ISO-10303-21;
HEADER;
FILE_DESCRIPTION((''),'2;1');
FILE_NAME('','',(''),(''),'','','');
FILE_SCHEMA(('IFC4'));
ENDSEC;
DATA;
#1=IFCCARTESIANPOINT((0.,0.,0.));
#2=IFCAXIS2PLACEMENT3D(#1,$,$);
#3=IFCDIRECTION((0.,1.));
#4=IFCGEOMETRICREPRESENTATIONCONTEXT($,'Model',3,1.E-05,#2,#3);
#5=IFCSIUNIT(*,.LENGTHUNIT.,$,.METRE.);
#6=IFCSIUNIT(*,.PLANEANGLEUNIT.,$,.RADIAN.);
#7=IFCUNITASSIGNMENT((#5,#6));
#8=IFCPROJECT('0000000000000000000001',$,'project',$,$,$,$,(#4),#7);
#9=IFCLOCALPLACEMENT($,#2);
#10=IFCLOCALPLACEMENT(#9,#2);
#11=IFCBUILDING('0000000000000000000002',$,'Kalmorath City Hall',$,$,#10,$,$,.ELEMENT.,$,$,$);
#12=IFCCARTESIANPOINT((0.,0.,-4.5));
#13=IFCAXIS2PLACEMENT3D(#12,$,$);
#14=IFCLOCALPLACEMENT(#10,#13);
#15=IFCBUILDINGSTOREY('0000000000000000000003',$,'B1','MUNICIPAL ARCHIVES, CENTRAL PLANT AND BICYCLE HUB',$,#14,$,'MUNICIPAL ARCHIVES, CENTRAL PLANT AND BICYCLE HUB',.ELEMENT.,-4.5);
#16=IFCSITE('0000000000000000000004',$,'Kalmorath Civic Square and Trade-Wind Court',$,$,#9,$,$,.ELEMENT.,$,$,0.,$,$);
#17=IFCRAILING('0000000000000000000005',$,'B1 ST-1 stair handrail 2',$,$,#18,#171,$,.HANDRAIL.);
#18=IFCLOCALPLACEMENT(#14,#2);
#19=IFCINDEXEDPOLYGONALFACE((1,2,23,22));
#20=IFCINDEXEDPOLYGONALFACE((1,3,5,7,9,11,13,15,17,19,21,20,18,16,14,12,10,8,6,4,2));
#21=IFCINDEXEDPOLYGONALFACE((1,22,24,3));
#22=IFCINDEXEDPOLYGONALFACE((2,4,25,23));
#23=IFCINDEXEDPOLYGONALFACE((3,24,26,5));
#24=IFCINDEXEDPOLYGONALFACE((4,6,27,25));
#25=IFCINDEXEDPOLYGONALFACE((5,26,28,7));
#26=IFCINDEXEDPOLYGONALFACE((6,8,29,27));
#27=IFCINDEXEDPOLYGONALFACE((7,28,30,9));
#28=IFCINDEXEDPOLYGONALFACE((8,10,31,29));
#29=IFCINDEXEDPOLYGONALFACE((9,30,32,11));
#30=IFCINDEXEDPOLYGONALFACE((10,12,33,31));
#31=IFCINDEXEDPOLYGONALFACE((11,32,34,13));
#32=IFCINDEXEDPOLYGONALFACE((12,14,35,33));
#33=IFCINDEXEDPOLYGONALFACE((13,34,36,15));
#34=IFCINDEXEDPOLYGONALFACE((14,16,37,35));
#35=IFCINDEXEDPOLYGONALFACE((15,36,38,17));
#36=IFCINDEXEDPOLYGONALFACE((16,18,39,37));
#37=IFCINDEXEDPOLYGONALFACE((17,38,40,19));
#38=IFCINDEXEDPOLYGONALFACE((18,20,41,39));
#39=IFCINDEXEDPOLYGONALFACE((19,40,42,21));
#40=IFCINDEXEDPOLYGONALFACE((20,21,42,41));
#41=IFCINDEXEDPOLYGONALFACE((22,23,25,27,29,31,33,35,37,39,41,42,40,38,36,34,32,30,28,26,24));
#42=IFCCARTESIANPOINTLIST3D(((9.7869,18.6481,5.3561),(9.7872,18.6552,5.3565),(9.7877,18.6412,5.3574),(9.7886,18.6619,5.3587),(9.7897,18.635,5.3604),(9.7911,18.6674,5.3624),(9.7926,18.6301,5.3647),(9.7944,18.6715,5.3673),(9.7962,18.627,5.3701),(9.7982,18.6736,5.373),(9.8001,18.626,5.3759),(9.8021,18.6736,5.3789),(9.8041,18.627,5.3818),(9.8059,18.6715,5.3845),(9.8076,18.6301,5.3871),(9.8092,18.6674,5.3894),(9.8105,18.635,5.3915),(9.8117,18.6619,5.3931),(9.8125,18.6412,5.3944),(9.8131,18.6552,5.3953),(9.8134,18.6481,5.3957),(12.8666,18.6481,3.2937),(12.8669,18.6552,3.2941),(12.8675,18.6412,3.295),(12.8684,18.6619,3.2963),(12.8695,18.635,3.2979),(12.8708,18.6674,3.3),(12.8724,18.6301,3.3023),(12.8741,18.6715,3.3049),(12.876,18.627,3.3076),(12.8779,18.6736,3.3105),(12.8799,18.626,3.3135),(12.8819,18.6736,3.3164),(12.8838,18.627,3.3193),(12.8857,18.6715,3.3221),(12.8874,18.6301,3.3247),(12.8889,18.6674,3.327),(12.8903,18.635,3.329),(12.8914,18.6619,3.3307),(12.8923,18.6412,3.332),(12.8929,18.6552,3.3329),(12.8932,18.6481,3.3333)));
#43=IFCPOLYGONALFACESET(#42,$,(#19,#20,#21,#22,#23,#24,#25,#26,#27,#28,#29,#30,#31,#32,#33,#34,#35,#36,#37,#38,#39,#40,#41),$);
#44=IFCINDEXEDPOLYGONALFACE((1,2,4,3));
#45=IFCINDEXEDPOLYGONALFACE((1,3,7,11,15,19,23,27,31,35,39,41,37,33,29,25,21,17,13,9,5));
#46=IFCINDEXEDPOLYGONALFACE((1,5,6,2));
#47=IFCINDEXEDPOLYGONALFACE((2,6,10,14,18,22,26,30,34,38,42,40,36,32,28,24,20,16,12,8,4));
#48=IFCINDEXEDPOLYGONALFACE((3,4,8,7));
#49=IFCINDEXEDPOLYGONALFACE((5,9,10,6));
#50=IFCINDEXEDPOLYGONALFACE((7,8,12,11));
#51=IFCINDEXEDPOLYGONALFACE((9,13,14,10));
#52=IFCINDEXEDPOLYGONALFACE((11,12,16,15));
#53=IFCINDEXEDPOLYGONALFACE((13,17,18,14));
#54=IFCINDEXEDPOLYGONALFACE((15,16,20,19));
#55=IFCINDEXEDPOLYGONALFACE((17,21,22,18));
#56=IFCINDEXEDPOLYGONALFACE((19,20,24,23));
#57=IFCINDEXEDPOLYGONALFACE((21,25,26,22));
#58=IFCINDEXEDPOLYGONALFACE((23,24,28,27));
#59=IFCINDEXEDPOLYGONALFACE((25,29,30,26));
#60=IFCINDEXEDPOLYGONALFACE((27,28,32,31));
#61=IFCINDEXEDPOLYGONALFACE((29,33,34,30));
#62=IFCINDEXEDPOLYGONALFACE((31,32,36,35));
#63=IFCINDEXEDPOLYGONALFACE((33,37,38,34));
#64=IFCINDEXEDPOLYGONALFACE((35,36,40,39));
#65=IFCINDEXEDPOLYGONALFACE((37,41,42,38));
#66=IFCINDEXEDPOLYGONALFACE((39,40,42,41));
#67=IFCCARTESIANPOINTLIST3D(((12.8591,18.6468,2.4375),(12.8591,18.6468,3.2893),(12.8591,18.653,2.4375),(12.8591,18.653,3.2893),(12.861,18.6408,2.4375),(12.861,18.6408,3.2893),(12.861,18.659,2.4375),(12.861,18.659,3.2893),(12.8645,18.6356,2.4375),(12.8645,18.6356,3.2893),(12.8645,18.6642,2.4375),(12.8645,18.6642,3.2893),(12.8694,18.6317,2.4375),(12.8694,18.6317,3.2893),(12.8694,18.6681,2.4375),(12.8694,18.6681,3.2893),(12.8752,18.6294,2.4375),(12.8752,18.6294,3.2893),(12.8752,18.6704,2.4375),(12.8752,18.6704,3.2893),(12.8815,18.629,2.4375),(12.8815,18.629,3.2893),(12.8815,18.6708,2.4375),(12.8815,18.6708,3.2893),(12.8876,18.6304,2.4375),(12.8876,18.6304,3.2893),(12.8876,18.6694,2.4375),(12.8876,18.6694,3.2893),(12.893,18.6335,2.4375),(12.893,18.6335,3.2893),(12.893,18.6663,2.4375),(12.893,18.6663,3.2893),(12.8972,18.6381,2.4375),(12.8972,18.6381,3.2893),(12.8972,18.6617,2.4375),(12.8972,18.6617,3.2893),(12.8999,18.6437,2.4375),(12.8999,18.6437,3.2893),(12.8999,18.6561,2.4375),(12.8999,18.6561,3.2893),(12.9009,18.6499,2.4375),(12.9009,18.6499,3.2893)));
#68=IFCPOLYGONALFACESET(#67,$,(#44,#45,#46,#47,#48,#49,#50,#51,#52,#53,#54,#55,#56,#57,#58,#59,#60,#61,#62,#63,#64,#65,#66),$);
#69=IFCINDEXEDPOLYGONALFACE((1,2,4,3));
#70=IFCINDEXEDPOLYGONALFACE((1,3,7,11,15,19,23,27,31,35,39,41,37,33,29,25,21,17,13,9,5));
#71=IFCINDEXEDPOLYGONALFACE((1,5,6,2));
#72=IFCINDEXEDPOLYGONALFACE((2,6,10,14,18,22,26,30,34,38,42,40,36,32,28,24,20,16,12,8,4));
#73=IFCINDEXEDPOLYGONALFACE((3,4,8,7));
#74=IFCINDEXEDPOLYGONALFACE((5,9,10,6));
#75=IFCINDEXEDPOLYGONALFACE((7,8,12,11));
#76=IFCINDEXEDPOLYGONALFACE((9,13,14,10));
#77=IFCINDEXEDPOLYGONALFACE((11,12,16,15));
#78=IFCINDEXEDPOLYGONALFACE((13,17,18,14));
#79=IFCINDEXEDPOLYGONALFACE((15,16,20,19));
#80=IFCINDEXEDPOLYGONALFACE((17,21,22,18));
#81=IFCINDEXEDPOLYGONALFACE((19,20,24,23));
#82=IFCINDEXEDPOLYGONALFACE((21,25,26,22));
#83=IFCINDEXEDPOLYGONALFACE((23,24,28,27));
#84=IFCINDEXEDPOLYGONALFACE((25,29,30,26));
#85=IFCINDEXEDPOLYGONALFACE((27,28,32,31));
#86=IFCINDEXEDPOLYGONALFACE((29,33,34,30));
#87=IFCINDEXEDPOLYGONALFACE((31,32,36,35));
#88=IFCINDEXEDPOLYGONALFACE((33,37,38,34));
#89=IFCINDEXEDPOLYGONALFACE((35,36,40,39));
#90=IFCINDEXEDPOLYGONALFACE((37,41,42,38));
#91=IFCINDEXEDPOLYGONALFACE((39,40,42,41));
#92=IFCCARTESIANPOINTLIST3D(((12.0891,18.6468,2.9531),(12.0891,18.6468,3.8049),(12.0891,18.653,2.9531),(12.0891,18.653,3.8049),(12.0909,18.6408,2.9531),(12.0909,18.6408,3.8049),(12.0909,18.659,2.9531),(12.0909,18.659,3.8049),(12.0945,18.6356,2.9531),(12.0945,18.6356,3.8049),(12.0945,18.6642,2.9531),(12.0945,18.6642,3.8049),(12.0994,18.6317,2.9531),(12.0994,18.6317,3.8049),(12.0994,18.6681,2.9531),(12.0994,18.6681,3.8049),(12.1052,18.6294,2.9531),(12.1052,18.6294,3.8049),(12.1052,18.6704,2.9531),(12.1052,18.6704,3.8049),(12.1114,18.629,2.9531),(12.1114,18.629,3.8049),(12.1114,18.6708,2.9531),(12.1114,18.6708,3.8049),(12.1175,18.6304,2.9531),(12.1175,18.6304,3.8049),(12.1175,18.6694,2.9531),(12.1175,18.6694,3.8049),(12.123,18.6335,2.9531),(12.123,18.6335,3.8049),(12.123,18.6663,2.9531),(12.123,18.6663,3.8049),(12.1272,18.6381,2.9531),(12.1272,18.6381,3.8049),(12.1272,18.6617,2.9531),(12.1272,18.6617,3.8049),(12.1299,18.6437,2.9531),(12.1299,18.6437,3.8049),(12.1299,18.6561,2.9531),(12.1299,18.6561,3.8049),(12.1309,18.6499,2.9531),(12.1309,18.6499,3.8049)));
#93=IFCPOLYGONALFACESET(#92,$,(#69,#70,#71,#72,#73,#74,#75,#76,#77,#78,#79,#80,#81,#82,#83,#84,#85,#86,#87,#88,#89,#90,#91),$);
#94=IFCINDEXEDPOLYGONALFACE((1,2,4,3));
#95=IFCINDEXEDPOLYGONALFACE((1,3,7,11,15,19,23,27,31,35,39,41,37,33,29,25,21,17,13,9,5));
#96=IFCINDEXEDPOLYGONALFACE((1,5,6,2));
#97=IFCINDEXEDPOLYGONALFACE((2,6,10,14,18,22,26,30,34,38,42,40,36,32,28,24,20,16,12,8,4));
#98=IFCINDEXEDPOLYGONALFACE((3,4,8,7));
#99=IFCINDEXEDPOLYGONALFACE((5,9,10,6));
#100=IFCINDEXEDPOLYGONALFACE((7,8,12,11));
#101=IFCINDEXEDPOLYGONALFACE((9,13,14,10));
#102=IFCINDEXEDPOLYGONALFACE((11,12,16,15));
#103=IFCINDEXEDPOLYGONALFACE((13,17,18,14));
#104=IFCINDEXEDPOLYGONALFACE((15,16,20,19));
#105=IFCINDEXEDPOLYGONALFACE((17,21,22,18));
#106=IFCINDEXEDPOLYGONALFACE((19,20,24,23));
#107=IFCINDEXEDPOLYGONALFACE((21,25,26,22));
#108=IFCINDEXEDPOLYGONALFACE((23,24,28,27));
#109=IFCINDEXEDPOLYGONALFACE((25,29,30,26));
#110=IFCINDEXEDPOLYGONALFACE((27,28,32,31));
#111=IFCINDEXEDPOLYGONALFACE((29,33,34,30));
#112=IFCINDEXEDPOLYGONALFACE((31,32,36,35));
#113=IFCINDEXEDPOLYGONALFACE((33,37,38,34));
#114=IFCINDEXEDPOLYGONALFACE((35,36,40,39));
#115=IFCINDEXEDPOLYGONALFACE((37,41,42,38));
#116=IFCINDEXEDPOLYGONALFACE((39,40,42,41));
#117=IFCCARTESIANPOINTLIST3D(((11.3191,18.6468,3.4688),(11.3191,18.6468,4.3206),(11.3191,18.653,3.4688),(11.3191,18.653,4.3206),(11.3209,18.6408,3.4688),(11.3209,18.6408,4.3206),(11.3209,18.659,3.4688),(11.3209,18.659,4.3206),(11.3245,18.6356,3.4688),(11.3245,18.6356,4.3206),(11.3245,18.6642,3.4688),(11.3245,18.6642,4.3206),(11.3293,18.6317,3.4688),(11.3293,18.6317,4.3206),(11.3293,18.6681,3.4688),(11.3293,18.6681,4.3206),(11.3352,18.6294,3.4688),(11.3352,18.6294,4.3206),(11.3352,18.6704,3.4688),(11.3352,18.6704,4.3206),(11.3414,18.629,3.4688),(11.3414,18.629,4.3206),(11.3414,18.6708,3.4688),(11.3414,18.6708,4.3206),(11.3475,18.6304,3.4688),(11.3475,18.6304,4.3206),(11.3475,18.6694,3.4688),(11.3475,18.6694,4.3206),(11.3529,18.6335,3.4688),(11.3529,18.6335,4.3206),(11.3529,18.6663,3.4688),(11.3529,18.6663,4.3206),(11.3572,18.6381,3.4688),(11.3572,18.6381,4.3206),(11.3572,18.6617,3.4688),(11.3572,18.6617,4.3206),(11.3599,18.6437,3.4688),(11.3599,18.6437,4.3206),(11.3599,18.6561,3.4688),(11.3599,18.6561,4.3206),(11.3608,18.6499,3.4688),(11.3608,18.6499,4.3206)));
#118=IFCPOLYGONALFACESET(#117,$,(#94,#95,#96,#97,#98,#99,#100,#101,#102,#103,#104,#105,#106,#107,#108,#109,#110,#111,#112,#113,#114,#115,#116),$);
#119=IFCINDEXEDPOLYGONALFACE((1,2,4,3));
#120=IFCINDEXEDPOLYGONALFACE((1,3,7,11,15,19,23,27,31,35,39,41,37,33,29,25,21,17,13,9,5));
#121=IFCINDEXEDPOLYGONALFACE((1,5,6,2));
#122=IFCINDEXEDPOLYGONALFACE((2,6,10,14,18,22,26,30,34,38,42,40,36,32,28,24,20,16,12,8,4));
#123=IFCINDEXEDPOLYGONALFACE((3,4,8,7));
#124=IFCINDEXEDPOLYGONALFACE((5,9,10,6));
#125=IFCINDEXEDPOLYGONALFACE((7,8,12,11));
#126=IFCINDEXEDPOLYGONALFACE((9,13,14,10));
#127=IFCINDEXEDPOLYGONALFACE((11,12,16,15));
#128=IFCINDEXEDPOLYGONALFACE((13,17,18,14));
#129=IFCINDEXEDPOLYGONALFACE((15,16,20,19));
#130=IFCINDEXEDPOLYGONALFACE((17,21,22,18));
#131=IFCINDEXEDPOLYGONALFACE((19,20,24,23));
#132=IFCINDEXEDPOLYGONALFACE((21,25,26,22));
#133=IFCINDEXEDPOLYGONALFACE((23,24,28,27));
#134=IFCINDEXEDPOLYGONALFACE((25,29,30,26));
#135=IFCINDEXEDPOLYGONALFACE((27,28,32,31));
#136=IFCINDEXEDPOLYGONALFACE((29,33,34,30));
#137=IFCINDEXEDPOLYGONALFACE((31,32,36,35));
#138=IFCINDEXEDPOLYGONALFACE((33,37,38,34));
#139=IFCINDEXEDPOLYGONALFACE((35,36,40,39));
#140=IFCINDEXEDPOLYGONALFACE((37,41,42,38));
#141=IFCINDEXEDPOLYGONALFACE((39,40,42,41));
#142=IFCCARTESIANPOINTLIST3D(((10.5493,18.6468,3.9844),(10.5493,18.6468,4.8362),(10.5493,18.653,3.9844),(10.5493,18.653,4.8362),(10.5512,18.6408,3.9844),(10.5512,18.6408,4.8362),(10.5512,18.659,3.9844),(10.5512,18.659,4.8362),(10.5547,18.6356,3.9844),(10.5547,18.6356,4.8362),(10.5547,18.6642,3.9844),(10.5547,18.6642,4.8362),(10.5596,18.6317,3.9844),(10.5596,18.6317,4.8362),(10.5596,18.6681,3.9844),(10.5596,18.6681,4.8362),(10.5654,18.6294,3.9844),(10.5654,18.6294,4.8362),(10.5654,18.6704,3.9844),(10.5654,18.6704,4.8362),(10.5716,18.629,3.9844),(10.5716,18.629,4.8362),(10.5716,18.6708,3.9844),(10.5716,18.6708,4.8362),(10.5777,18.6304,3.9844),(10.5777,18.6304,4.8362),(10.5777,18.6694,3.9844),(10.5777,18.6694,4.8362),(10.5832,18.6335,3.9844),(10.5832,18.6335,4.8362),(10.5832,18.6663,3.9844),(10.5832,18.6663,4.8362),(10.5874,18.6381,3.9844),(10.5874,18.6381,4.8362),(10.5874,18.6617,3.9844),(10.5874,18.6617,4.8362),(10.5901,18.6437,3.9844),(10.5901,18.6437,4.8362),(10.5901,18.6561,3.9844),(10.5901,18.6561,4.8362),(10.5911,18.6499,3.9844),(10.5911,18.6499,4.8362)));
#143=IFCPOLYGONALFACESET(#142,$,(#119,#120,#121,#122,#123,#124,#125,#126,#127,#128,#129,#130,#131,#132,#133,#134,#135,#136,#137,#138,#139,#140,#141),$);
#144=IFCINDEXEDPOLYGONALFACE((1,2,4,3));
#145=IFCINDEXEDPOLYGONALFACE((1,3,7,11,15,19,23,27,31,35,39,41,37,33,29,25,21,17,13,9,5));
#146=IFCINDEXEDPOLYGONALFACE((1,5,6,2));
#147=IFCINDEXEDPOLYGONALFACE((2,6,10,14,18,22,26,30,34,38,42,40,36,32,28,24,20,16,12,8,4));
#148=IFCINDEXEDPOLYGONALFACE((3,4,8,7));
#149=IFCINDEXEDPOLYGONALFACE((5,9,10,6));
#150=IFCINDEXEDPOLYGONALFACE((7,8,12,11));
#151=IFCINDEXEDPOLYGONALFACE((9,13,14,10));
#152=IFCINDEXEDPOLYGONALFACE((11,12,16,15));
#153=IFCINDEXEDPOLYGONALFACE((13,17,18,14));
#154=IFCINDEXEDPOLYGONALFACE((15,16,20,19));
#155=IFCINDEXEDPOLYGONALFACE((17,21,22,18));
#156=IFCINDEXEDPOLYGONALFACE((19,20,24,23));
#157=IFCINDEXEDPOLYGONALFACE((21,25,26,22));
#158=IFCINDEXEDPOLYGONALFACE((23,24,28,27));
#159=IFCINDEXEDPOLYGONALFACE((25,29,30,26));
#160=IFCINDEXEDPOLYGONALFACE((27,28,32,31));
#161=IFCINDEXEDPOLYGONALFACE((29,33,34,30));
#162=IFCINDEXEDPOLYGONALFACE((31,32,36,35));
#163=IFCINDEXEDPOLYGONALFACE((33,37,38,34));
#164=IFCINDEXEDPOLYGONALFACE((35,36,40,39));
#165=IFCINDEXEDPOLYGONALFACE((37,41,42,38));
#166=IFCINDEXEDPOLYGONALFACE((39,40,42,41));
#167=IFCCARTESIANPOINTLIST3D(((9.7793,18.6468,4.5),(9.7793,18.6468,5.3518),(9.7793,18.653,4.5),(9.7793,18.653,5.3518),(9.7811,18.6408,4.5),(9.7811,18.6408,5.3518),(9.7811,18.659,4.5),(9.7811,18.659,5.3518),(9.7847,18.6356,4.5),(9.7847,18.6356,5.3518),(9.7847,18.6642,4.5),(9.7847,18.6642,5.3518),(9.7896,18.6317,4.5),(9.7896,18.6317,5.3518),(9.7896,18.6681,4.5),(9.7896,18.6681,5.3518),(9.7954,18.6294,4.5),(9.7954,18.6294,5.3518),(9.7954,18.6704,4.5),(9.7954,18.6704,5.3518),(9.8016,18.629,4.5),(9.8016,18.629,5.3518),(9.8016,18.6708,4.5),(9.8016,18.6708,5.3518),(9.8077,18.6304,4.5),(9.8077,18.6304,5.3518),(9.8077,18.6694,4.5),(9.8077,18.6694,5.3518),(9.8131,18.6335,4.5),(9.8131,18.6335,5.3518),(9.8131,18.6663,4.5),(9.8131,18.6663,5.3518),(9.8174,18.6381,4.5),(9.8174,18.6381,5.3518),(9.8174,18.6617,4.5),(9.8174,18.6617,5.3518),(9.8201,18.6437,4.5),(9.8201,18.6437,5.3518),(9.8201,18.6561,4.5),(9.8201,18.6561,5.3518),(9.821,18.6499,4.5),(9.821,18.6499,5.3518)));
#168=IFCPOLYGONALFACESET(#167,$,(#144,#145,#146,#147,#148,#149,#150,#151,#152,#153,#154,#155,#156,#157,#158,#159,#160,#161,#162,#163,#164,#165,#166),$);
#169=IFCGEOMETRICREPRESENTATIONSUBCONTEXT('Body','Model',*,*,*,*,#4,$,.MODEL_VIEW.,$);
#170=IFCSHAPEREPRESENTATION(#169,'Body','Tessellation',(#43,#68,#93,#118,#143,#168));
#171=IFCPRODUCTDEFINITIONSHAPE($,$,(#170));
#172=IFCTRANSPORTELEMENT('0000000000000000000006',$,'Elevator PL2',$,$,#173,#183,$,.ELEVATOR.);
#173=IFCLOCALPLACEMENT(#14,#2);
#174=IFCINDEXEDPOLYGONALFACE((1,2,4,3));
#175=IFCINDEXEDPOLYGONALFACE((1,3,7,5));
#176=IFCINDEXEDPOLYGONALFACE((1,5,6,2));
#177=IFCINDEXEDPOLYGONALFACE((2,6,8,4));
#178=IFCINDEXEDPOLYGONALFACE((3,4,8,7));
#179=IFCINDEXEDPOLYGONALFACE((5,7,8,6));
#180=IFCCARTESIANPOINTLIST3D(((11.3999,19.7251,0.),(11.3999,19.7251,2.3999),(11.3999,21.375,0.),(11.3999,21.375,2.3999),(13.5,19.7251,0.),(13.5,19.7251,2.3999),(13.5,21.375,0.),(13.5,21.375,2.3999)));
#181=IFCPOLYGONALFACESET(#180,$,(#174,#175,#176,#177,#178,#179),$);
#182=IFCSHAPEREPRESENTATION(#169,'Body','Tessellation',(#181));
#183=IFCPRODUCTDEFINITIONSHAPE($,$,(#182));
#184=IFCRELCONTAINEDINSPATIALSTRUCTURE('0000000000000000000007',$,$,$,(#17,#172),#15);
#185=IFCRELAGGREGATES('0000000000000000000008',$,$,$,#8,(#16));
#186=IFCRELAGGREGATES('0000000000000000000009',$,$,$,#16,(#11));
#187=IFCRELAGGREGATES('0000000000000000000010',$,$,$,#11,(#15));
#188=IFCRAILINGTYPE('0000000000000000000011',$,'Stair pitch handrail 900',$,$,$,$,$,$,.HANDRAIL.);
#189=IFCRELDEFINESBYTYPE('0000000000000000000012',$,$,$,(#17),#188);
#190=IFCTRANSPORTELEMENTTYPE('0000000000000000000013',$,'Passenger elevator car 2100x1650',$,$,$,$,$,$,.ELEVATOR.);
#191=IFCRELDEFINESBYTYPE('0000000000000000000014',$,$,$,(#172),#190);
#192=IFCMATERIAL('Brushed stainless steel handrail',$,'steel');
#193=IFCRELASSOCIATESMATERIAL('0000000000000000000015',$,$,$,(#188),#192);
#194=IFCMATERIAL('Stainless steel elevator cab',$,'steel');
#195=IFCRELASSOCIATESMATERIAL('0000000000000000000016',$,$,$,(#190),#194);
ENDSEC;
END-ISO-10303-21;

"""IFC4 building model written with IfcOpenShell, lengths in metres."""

from ifc_helpers import new_model, si_unit, direction, frame, origin, origin_2d, place, context, subcontext, project, spatial, rectangle, circle, extrude, material, type_object, element, save


model = new_model("IFC4")

# Units and contexts
model_context = context("Model", 3, precision=1e-05, world=origin(), true_north=direction((0.0, 1.0)))
body_context = subcontext(model_context, "Body", "Model", "MODEL_VIEW")
ifc_project = project(units=[si_unit("LENGTHUNIT", "METRE"), si_unit("PLANEANGLEUNIT", "RADIAN")], contexts=[model_context])

# Site, building, storey
site_placement = place(None, origin())
site = spatial("IfcSite", under=ifc_project, at=site_placement, Name="Kalmorath Civic Square and Trade-Wind Court", CompositionType="ELEMENT", RefElevation=0.0)
building_placement = place(site_placement, origin())
building = spatial("IfcBuilding", under=site, at=building_placement, Name="Kalmorath City Hall", CompositionType="ELEMENT")
storey_placement = place(building_placement, frame((0.0, 0.0, -4.5)))
storey = spatial("IfcBuildingStorey", under=building, at=storey_placement, Name="B1", Description="MUNICIPAL ARCHIVES, CENTRAL PLANT AND BICYCLE HUB", LongName="MUNICIPAL ARCHIVES, CENTRAL PLANT AND BICYCLE HUB", CompositionType="ELEMENT", Elevation=-4.5)

# Railing
ifc_material_1 = material(Name="Brushed stainless steel handrail", Category="steel")
railing_type = type_object("IfcRailingType", Name="Stair pitch handrail 900", PredefinedType="HANDRAIL", material=ifc_material_1)
railing_placement = place(storey_placement, frame((12.8799, 18.6499, 2.4375)))
element("IfcRailing", 1, at=railing_placement, inside=storey, type_object=railing_type, Name="B1 ST-1 stair handrail 2", PredefinedType="HANDRAIL", context=body_context, shape_type="SweptSolid", body=[
    extrude(circle(Radius=0.0239, at=origin_2d()), frame((0.0, 0.0, 0.876), z_axis=(-0.830893, 0.0, 0.556432), x_axis=(0.0, -1.0, 0.0)), (0.0, 0.0, 1.0), 3.7065),
    extrude(circle(Radius=0.021, at=origin_2d()), origin(), (0.0, 0.0, 1.0), 0.8518),
    extrude(circle(Radius=0.021, at=origin_2d()), frame((-0.77, 0.0, 0.5156)), (0.0, 0.0, 1.0), 0.8518),
    extrude(circle(Radius=0.021, at=origin_2d()), frame((-1.54, 0.0, 1.0312)), (0.0, 0.0, 1.0), 0.8518),
    extrude(circle(Radius=0.021, at=origin_2d()), frame((-2.3098, 0.0, 1.5469)), (0.0, 0.0, 1.0), 0.8518),
    extrude(circle(Radius=0.021, at=origin_2d()), frame((-3.0798, 0.0, 2.0625)), (0.0, 0.0, 1.0), 0.8518),
])

# Transport element
ifc_material_2 = material(Name="Stainless steel elevator cab", Category="steel")
transport_element_type = type_object("IfcTransportElementType", Name="Passenger elevator car 2100x1650", PredefinedType="ELEVATOR", material=ifc_material_2)
transport_element_placement = place(storey_placement, frame((12.45, 20.55, 0.0), z_axis=(0.0, 0.0, 1.0), x_axis=(1.0, 0.0, 0.0)))
element("IfcTransportElement", 2, at=transport_element_placement, inside=storey, type_object=transport_element_type, Name="Elevator PL2", PredefinedType="ELEVATOR", context=body_context, shape_type="SweptSolid", body=[
    extrude(rectangle(XDim=2.1001, YDim=1.6499, at=origin_2d()), origin(), (0.0, 0.0, 1.0), 2.3999),
])

save(model, "model.ifc")
